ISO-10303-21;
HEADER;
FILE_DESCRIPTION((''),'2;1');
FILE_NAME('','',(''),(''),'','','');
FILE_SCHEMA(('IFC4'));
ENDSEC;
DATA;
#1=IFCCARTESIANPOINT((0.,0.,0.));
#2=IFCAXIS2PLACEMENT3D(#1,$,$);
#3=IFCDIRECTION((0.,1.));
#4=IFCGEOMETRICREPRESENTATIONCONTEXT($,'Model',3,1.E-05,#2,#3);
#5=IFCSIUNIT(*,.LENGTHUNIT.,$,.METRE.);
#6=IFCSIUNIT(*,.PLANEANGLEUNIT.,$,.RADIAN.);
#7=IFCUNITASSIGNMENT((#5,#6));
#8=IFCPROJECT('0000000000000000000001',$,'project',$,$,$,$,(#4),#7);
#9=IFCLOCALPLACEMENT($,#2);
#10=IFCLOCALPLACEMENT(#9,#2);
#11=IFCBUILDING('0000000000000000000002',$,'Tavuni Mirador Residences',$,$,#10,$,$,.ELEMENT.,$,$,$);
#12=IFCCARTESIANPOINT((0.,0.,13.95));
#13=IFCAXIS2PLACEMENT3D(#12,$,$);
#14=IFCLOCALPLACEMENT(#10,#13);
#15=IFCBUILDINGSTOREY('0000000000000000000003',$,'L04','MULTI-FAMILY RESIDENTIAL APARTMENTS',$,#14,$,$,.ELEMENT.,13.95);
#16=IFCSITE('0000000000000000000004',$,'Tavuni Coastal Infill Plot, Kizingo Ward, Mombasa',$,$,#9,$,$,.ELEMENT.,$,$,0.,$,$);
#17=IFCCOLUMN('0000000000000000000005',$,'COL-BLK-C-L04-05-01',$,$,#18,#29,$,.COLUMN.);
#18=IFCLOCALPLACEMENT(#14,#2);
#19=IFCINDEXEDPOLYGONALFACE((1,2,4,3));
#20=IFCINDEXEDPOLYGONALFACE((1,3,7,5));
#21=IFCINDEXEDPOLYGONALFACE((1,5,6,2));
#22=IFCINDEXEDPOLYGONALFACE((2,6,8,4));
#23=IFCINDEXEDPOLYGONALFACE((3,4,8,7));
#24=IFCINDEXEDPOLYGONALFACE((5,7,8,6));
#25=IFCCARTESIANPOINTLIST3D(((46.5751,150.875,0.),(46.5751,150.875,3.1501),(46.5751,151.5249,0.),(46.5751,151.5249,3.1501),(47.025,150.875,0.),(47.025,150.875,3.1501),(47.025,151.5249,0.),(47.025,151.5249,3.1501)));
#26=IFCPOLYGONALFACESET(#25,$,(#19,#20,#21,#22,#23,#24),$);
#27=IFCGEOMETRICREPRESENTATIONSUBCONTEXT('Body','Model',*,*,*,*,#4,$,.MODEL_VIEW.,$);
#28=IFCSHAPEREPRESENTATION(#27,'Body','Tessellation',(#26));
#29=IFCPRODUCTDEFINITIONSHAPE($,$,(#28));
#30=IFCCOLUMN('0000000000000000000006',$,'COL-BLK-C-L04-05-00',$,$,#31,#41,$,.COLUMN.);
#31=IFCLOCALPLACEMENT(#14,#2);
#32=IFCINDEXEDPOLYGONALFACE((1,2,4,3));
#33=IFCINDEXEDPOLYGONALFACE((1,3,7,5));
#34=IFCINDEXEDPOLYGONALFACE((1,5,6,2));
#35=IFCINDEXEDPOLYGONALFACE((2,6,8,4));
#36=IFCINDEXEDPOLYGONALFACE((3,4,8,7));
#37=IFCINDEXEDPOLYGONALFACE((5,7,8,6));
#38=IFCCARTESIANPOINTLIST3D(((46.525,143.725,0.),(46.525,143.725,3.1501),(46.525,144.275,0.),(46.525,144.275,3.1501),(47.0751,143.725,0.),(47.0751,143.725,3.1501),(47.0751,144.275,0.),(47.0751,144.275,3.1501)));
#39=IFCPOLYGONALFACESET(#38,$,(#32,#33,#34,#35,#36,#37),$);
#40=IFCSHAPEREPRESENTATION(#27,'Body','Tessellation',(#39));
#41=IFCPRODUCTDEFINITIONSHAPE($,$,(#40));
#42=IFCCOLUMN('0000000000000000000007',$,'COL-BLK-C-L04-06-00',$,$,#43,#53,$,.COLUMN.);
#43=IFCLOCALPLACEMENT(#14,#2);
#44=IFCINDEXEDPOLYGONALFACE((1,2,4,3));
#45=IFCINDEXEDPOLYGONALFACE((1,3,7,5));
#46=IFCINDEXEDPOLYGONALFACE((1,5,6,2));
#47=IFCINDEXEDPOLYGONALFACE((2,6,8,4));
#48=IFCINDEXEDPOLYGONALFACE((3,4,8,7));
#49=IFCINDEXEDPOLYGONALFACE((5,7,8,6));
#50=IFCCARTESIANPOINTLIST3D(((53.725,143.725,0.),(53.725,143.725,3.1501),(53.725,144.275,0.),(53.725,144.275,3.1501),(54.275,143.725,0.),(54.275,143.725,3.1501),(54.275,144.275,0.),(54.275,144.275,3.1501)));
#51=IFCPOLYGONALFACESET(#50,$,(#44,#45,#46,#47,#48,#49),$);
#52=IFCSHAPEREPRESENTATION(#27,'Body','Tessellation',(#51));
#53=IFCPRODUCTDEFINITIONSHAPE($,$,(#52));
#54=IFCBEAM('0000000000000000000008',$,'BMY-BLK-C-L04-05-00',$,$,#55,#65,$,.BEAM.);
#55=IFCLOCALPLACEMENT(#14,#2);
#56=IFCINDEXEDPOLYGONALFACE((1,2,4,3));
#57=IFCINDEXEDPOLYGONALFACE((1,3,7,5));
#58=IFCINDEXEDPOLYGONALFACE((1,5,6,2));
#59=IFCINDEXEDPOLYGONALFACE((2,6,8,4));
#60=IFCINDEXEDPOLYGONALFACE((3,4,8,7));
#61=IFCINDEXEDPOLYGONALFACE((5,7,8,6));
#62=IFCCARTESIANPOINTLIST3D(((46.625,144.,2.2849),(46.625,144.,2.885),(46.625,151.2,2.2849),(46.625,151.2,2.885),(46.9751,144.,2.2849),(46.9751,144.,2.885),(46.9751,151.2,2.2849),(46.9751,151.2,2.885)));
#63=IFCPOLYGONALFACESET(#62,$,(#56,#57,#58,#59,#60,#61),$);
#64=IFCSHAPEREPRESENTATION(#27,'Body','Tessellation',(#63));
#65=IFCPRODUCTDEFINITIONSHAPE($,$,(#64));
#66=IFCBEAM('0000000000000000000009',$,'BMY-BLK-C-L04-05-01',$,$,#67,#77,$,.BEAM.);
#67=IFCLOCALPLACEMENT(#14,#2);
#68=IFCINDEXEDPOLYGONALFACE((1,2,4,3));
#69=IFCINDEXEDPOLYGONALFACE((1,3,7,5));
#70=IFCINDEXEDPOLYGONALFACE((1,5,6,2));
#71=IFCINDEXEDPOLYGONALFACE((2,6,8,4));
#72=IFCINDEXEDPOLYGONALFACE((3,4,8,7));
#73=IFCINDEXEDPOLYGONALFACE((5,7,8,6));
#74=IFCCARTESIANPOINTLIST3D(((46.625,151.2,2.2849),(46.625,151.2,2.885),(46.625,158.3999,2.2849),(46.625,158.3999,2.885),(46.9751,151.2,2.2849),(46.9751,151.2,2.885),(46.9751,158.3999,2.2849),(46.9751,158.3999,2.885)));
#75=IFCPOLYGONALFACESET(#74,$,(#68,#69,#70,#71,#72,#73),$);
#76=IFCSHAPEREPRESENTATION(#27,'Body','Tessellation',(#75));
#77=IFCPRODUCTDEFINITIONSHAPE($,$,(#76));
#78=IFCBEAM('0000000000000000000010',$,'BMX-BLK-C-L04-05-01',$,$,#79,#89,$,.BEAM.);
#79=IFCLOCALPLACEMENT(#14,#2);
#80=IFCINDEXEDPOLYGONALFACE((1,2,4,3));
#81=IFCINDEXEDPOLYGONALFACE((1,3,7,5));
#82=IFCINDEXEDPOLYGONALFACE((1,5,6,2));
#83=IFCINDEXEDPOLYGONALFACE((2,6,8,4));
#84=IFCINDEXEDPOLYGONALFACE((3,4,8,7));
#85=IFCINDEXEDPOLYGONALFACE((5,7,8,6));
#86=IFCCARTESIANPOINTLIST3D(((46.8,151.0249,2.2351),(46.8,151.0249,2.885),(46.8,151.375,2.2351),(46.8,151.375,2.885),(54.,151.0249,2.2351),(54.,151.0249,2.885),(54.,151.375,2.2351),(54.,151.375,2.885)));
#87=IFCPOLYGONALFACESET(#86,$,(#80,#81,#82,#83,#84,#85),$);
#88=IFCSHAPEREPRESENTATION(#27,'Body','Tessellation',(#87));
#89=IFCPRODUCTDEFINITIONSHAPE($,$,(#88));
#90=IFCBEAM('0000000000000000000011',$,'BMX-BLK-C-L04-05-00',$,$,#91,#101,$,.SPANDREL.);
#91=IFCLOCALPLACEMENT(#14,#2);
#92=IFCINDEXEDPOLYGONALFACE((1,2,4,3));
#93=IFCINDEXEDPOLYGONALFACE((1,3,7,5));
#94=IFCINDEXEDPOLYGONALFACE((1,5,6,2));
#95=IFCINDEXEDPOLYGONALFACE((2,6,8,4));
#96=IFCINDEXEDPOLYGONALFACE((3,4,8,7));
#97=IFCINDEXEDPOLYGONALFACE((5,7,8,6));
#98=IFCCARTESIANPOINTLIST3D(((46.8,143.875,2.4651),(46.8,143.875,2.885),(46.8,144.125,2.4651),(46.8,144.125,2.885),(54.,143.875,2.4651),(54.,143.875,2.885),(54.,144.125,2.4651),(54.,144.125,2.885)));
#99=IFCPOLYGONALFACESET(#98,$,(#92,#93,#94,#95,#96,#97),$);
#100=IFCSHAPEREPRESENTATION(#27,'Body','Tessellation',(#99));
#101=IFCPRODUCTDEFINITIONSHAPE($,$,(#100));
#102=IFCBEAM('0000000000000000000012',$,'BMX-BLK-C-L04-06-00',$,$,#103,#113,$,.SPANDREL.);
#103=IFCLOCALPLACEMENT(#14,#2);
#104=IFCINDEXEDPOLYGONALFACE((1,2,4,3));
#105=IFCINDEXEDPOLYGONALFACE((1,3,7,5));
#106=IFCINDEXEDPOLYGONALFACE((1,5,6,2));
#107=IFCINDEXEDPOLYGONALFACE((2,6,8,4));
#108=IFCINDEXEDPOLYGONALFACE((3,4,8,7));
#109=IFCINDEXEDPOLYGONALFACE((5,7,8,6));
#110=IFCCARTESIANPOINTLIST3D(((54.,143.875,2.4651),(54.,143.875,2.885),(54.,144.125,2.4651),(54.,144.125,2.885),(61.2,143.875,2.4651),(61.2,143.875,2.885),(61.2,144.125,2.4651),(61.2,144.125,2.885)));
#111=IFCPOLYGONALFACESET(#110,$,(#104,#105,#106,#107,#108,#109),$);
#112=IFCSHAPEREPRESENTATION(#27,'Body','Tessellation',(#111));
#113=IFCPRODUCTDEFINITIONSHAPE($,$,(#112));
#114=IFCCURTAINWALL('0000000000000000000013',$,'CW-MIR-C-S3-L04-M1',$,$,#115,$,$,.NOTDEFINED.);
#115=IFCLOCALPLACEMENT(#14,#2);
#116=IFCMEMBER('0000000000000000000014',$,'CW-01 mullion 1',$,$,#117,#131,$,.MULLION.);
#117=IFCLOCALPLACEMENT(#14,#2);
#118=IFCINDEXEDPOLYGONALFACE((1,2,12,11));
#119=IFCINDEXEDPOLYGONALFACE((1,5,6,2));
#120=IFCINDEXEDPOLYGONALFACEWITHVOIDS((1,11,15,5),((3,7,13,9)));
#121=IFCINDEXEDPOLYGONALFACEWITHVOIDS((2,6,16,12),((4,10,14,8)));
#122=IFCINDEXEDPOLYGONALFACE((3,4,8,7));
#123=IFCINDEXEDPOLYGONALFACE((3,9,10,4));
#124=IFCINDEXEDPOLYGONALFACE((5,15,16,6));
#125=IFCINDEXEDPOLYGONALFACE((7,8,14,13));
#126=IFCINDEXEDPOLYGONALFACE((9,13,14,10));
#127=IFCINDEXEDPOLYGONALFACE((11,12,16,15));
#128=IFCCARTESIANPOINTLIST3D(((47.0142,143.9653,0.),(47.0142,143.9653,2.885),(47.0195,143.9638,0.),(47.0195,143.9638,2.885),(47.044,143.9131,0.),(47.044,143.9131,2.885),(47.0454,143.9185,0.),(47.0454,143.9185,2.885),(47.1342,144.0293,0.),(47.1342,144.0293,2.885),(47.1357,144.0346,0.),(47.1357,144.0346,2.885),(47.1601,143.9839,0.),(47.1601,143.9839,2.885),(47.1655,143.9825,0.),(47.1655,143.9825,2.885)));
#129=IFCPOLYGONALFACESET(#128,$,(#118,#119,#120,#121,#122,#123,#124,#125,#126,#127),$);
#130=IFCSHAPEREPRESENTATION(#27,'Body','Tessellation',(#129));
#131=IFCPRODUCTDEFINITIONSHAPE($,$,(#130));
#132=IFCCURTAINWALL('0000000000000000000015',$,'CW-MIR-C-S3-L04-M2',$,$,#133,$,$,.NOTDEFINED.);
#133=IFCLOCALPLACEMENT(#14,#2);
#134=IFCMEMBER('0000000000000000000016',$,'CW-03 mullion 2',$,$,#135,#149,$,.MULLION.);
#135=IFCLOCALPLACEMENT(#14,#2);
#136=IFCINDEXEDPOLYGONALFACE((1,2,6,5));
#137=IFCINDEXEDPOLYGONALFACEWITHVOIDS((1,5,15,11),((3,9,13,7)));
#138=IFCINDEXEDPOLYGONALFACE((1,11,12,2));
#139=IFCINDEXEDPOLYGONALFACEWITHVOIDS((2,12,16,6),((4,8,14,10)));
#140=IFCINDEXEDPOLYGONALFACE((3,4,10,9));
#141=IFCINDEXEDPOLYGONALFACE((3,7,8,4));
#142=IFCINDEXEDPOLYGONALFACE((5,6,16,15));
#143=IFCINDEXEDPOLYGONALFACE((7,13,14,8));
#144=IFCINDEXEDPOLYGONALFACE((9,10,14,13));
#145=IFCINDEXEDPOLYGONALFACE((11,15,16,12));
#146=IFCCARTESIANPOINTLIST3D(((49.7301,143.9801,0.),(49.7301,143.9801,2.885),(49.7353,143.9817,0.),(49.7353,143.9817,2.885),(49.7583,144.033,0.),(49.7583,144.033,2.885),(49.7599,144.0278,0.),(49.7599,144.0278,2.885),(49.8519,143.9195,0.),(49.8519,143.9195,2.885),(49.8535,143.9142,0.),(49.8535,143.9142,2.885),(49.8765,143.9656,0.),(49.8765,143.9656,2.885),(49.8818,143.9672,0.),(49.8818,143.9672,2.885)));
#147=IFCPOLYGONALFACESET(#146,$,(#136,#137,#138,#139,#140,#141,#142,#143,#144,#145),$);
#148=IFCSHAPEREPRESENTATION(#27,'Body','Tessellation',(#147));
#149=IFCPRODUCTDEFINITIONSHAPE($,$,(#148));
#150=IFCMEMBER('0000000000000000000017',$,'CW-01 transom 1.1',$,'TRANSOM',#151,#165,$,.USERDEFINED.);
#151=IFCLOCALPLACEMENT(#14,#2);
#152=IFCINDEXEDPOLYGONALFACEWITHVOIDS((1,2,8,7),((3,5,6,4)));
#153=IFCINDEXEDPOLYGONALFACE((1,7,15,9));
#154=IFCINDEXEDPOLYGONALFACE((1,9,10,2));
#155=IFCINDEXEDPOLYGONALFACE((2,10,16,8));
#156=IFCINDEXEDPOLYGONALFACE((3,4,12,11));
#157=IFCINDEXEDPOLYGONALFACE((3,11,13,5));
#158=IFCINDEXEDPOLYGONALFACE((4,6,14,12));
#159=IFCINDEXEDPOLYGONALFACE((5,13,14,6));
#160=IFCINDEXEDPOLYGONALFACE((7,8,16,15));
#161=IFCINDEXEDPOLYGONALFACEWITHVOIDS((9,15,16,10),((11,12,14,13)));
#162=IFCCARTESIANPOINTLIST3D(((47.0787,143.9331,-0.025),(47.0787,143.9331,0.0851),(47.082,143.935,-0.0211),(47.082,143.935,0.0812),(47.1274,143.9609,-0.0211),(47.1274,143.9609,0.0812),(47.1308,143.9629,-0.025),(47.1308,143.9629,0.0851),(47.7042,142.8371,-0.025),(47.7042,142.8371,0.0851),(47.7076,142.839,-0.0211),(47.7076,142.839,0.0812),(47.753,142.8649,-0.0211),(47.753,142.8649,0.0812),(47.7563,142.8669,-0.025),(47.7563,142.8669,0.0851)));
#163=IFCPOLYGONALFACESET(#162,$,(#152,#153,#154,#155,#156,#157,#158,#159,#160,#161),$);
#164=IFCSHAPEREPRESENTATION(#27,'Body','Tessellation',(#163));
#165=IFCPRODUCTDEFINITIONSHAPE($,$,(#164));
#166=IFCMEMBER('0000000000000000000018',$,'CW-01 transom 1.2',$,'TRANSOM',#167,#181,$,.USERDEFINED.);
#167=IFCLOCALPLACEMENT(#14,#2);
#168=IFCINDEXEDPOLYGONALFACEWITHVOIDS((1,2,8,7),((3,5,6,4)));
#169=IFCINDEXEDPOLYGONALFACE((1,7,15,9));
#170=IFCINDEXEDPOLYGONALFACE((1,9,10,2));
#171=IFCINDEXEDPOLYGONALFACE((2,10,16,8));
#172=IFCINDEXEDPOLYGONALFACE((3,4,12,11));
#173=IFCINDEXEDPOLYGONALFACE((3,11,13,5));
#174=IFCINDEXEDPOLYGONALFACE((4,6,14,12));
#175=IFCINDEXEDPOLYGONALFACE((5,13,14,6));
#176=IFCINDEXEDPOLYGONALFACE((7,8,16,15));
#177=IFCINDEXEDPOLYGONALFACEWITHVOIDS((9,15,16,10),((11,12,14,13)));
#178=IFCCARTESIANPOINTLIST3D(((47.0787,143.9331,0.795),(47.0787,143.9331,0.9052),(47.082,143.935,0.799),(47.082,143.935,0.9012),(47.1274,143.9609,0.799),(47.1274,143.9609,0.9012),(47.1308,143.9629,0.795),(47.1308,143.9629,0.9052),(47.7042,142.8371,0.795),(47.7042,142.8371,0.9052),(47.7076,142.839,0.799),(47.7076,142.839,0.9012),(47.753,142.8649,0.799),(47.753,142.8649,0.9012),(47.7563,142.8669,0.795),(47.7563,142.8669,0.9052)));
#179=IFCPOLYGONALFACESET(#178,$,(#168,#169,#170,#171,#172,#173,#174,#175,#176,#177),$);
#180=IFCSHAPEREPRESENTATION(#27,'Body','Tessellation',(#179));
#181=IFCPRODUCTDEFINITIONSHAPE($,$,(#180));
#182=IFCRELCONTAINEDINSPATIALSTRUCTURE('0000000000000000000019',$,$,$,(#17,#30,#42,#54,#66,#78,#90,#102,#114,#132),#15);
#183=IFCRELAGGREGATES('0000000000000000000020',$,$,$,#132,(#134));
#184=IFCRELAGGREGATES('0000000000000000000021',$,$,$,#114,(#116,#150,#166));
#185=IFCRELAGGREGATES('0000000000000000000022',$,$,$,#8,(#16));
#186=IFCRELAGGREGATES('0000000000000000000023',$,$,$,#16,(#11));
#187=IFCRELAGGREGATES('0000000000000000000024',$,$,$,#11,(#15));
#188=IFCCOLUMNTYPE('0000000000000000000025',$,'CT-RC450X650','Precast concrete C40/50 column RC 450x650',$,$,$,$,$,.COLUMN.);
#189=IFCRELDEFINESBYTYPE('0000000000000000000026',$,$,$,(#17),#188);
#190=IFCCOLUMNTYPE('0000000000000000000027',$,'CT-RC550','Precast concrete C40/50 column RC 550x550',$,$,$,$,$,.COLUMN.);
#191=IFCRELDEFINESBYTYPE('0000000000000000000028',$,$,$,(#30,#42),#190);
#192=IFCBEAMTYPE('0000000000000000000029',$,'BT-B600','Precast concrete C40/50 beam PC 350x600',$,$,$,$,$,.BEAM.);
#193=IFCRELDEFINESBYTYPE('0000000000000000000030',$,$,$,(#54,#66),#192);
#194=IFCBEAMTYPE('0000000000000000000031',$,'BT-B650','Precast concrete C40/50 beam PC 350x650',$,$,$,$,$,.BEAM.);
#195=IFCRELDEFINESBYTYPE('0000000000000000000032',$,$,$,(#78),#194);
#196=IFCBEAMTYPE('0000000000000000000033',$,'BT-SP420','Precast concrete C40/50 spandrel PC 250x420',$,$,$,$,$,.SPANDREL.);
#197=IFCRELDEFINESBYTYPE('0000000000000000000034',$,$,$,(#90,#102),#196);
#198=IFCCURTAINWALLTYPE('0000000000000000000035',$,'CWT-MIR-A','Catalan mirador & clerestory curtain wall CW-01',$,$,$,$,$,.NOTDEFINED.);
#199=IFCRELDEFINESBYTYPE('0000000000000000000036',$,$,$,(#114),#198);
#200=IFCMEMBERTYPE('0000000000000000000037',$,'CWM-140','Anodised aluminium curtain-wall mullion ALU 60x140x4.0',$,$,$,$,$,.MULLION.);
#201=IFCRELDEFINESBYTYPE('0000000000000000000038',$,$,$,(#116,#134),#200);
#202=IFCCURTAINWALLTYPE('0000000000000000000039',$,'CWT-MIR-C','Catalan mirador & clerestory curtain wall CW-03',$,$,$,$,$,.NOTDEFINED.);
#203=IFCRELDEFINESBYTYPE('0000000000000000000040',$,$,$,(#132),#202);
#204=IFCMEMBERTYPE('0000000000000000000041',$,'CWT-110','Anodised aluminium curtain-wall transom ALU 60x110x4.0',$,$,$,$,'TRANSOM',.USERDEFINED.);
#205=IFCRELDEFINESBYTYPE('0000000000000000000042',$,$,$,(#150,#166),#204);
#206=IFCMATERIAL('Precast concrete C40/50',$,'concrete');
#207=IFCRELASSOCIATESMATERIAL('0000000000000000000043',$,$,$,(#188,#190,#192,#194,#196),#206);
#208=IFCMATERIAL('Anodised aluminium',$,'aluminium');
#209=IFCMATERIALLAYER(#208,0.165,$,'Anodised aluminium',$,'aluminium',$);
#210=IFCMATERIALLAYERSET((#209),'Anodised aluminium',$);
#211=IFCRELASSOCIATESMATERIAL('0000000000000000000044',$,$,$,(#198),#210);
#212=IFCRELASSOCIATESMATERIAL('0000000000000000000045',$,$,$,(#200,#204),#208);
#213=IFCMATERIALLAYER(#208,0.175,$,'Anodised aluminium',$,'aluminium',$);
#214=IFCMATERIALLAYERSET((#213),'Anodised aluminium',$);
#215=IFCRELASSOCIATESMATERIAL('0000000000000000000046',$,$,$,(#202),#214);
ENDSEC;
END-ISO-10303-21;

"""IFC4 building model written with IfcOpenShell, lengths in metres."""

from ifc_helpers import new_model, si_unit, direction, frame, origin, origin_2d, place, context, subcontext, project, spatial, rectangle, hollow_rectangle, extrude, material, layer, layer_set, material_profile, profile_set, type_object, element, aggregate, save


model = new_model("IFC4")

# Units and contexts
model_context = context("Model", 3, precision=1e-05, world=origin(), true_north=direction((0.0, 1.0)))
body_context = subcontext(model_context, "Body", "Model", "MODEL_VIEW")
ifc_project = project(units=[si_unit("LENGTHUNIT", "METRE"), si_unit("PLANEANGLEUNIT", "RADIAN")], contexts=[model_context])

# Site, building, storey
site_placement = place(None, origin())
site = spatial("IfcSite", under=ifc_project, at=site_placement, Name="Tavuni Coastal Infill Plot, Kizingo Ward, Mombasa", CompositionType="ELEMENT", RefElevation=0.0)
building_placement = place(site_placement, origin())
building = spatial("IfcBuilding", under=site, at=building_placement, Name="Tavuni Mirador Residences", CompositionType="ELEMENT")
storey_placement = place(building_placement, frame((0.0, 0.0, 13.95)))
storey = spatial("IfcBuildingStorey", under=building, at=storey_placement, Name="L04", Description="MULTI-FAMILY RESIDENTIAL APARTMENTS", CompositionType="ELEMENT", Elevation=13.95)

# Columns
ifc_material_1 = material(Name="Precast concrete C40/50", Category="concrete")
ifc_material_profile_1 = material_profile(ifc_material_1, rectangle(XDim=0.45, YDim=0.6499, at=origin_2d()), Name="RC 450x650", Category="concrete")
ifc_profile_set_1 = profile_set([ifc_material_profile_1], Name="Precast concrete C40/50")
column_type_1 = type_object("IfcColumnType", Name="CT-RC450X650", Description="Precast concrete C40/50 column RC 450x650", PredefinedType="COLUMN", material=ifc_profile_set_1)
column_placement = place(storey_placement, frame((46.8, 151.2, 0.0), z_axis=(0.0, 0.0, 1.0), x_axis=(1.0, 0.0, 0.0)))
element("IfcColumn", 1, at=column_placement, inside=storey, type_object=column_type_1, Name="COL-BLK-C-L04-05-01", PredefinedType="COLUMN", context=body_context, shape_type="SweptSolid", body=[
    extrude(rectangle(XDim=0.45, YDim=0.6499, at=origin_2d()), origin(), (0.0, 0.0, 1.0), 3.1501),
])
ifc_material_profile_2 = material_profile(ifc_material_1, rectangle(XDim=0.55, YDim=0.55, at=origin_2d()), Name="RC 550x550", Category="concrete")
ifc_profile_set_2 = profile_set([ifc_material_profile_2], Name="Precast concrete C40/50")
column_type_2 = type_object("IfcColumnType", Name="CT-RC550", Description="Precast concrete C40/50 column RC 550x550", PredefinedType="COLUMN", material=ifc_profile_set_2)
for number, where, z_axis, x_axis, name in (
    (2, (46.8, 144.0, 0.0), (0.0, 0.0, 1.0), (1.0, 0.0, 0.0), "COL-BLK-C-L04-05-00"),
    (3, (54.0, 144.0, 0.0), (0.0, 0.0, 1.0), (1.0, 0.0, 0.0), "COL-BLK-C-L04-06-00"),
):
    element("IfcColumn", number, at=place(storey_placement, frame(where, z_axis=z_axis, x_axis=x_axis)), inside=storey, type_object=column_type_2, Name=name, PredefinedType="COLUMN", context=body_context, shape_type="SweptSolid", body=[
        extrude(rectangle(XDim=0.55, YDim=0.55, at=origin_2d()), origin(), (0.0, 0.0, 1.0), 3.1501),
    ])

# Beams
ifc_material_profile_3 = material_profile(ifc_material_1, rectangle(XDim=0.3501, YDim=0.6001, at=origin_2d()), Name="PC 350x600", Category="concrete")
ifc_profile_set_3 = profile_set([ifc_material_profile_3], Name="Precast concrete C40/50")
beam_type_1 = type_object("IfcBeamType", Name="BT-B600", Description="Precast concrete C40/50 beam PC 350x600", PredefinedType="BEAM", material=ifc_profile_set_3)
for number, where, z_axis, x_axis, name in (
    (4, (46.8, 144.0, 2.585), (0.0, 1.0, 0.0), (-1.0, 0.0, 0.0), "BMY-BLK-C-L04-05-00"),
    (5, (46.8, 151.2, 2.585), (0.0, 1.0, 0.0), (-1.0, 0.0, 0.0), "BMY-BLK-C-L04-05-01"),
):
    element("IfcBeam", number, at=place(storey_placement, frame(where, z_axis=z_axis, x_axis=x_axis)), inside=storey, type_object=beam_type_1, Name=name, PredefinedType="BEAM", context=body_context, shape_type="SweptSolid", body=[
        extrude(rectangle(XDim=0.3501, YDim=0.6001, at=origin_2d()), origin(), (0.0, 0.0, 1.0), 7.2),
    ])
ifc_material_profile_4 = material_profile(ifc_material_1, rectangle(XDim=0.3501, YDim=0.6499, at=origin_2d()), Name="PC 350x650", Category="concrete")
ifc_profile_set_4 = profile_set([ifc_material_profile_4], Name="Precast concrete C40/50")
beam_type_2 = type_object("IfcBeamType", Name="BT-B650", Description="Precast concrete C40/50 beam PC 350x650", PredefinedType="BEAM", material=ifc_profile_set_4)
beam_placement = place(storey_placement, frame((46.8, 151.2, 2.5601), z_axis=(1.0, 0.0, 0.0), x_axis=(0.0, 1.0, 0.0)))
element("IfcBeam", 6, at=beam_placement, inside=storey, type_object=beam_type_2, Name="BMX-BLK-C-L04-05-01", PredefinedType="BEAM", context=body_context, shape_type="SweptSolid", body=[
    extrude(rectangle(XDim=0.3501, YDim=0.6499, at=origin_2d()), origin(), (0.0, 0.0, 1.0), 7.2),
])
ifc_material_profile_5 = material_profile(ifc_material_1, rectangle(XDim=0.25, YDim=0.4199, at=origin_2d()), Name="PC 250x420", Category="concrete")
ifc_profile_set_5 = profile_set([ifc_material_profile_5], Name="Precast concrete C40/50")
beam_type_3 = type_object("IfcBeamType", Name="BT-SP420", Description="Precast concrete C40/50 spandrel PC 250x420", PredefinedType="SPANDREL", material=ifc_profile_set_5)
for number, where, z_axis, x_axis, name in (
    (7, (46.8, 144.0, 2.675), (1.0, 0.0, 0.0), (0.0, 1.0, 0.0), "BMX-BLK-C-L04-05-00"),
    (8, (54.0, 144.0, 2.675), (1.0, 0.0, 0.0), (0.0, 1.0, 0.0), "BMX-BLK-C-L04-06-00"),
):
    element("IfcBeam", number, at=place(storey_placement, frame(where, z_axis=z_axis, x_axis=x_axis)), inside=storey, type_object=beam_type_3, Name=name, PredefinedType="SPANDREL", context=body_context, shape_type="SweptSolid", body=[
        extrude(rectangle(XDim=0.25, YDim=0.4199, at=origin_2d()), origin(), (0.0, 0.0, 1.0), 7.2),
    ])

# Curtain walls, members
ifc_material_2 = material(Name="Anodised aluminium", Category="aluminium")
ifc_layer_1 = layer(ifc_material_2, 0.165, Name="Anodised aluminium", Category="aluminium")
ifc_layer_set_1 = layer_set([ifc_layer_1], Name="Anodised aluminium")
curtain_wall_type_1 = type_object("IfcCurtainWallType", Name="CWT-MIR-A", Description="Catalan mirador & clerestory curtain wall CW-01", PredefinedType="NOTDEFINED", material=ifc_layer_set_1)
curtain_wall_1_placement = place(storey_placement, origin())
curtain_wall_1 = element("IfcCurtainWall", 9, at=curtain_wall_1_placement, inside=storey, type_object=curtain_wall_type_1, Name="CW-MIR-C-S3-L04-M1", PredefinedType="NOTDEFINED")
ifc_material_profile_6 = material_profile(ifc_material_2, hollow_rectangle(XDim=0.0601, YDim=0.1399, WallThickness=0.0039, at=origin_2d()), Name="ALU 60x140x4.0", Category="aluminium")
ifc_profile_set_6 = profile_set([ifc_material_profile_6], Name="Anodised aluminium")
member_type_1 = type_object("IfcMemberType", Name="CWM-140", Description="Anodised aluminium curtain-wall mullion ALU 60x140x4.0", PredefinedType="MULLION", material=ifc_profile_set_6)
member_1_placement = place(storey_placement, frame((47.0898, 143.9739, 0.0), z_axis=(0.0, 0.0, 1.0), x_axis=(0.495749, -0.868466, 0.0)))
member_1 = element("IfcMember", 10, at=member_1_placement, type_object=member_type_1, Name="CW-01 mullion 1", PredefinedType="MULLION", context=body_context, shape_type="SweptSolid", body=[
    extrude(hollow_rectangle(XDim=0.0601, YDim=0.1399, WallThickness=0.0039, at=origin_2d()), origin(), (0.0, 0.0, 1.0), 2.885),
])
ifc_layer_2 = layer(ifc_material_2, 0.175, Name="Anodised aluminium", Category="aluminium")
ifc_layer_set_2 = layer_set([ifc_layer_2], Name="Anodised aluminium")
curtain_wall_type_2 = type_object("IfcCurtainWallType", Name="CWT-MIR-C", Description="Catalan mirador & clerestory curtain wall CW-03", PredefinedType="NOTDEFINED", material=ifc_layer_set_2)
curtain_wall_2_placement = place(storey_placement, origin())
curtain_wall_2 = element("IfcCurtainWall", 11, at=curtain_wall_2_placement, inside=storey, type_object=curtain_wall_type_2, Name="CW-MIR-C-S3-L04-M2", PredefinedType="NOTDEFINED")
member_2_placement = place(storey_placement, frame((49.8059, 143.9736, 0.0), z_axis=(0.0, 0.0, 1.0), x_axis=(0.470588, 0.882353, 0.0)))
member_2 = element("IfcMember", 12, at=member_2_placement, type_object=member_type_1, Name="CW-03 mullion 2", PredefinedType="MULLION", context=body_context, shape_type="SweptSolid", body=[
    extrude(hollow_rectangle(XDim=0.0601, YDim=0.1399, WallThickness=0.0039, at=origin_2d()), origin(), (0.0, 0.0, 1.0), 2.885),
])
aggregate(curtain_wall_2, [member_2])

# Members
ifc_material_profile_7 = material_profile(ifc_material_2, hollow_rectangle(XDim=0.0601, YDim=0.1101, WallThickness=0.0039, at=origin_2d()), Name="ALU 60x110x4.0", Category="aluminium")
ifc_profile_set_7 = profile_set([ifc_material_profile_7], Name="Anodised aluminium")
member_type_2 = type_object("IfcMemberType", Name="CWT-110", Description="Anodised aluminium curtain-wall transom ALU 60x110x4.0", ElementType="TRANSOM", PredefinedType="USERDEFINED", material=ifc_profile_set_7)
member_3_placement = place(storey_placement, frame((47.1047, 143.948, 0.03), z_axis=(0.49568, -0.868505, 0.0), x_axis=(0.868505, 0.49568, 0.0)))
member_3 = element("IfcMember", 13, at=member_3_placement, type_object=member_type_2, Name="CW-01 transom 1.1", ObjectType="TRANSOM", PredefinedType="USERDEFINED", context=body_context, shape_type="SweptSolid", body=[
    extrude(hollow_rectangle(XDim=0.0601, YDim=0.1101, WallThickness=0.0039, at=origin_2d()), origin(), (0.0, 0.0, 1.0), 1.262),
])
member_4_placement = place(storey_placement, frame((47.1047, 143.948, 0.8501), z_axis=(0.49568, -0.868505, 0.0), x_axis=(0.868505, 0.49568, 0.0)))
member_4 = element("IfcMember", 14, at=member_4_placement, type_object=member_type_2, Name="CW-01 transom 1.2", ObjectType="TRANSOM", PredefinedType="USERDEFINED", context=body_context, shape_type="SweptSolid", body=[
    extrude(hollow_rectangle(XDim=0.0601, YDim=0.1101, WallThickness=0.0039, at=origin_2d()), origin(), (0.0, 0.0, 1.0), 1.262),
])
aggregate(curtain_wall_1, [member_1, member_3, member_4])

save(model, "model.ifc")
